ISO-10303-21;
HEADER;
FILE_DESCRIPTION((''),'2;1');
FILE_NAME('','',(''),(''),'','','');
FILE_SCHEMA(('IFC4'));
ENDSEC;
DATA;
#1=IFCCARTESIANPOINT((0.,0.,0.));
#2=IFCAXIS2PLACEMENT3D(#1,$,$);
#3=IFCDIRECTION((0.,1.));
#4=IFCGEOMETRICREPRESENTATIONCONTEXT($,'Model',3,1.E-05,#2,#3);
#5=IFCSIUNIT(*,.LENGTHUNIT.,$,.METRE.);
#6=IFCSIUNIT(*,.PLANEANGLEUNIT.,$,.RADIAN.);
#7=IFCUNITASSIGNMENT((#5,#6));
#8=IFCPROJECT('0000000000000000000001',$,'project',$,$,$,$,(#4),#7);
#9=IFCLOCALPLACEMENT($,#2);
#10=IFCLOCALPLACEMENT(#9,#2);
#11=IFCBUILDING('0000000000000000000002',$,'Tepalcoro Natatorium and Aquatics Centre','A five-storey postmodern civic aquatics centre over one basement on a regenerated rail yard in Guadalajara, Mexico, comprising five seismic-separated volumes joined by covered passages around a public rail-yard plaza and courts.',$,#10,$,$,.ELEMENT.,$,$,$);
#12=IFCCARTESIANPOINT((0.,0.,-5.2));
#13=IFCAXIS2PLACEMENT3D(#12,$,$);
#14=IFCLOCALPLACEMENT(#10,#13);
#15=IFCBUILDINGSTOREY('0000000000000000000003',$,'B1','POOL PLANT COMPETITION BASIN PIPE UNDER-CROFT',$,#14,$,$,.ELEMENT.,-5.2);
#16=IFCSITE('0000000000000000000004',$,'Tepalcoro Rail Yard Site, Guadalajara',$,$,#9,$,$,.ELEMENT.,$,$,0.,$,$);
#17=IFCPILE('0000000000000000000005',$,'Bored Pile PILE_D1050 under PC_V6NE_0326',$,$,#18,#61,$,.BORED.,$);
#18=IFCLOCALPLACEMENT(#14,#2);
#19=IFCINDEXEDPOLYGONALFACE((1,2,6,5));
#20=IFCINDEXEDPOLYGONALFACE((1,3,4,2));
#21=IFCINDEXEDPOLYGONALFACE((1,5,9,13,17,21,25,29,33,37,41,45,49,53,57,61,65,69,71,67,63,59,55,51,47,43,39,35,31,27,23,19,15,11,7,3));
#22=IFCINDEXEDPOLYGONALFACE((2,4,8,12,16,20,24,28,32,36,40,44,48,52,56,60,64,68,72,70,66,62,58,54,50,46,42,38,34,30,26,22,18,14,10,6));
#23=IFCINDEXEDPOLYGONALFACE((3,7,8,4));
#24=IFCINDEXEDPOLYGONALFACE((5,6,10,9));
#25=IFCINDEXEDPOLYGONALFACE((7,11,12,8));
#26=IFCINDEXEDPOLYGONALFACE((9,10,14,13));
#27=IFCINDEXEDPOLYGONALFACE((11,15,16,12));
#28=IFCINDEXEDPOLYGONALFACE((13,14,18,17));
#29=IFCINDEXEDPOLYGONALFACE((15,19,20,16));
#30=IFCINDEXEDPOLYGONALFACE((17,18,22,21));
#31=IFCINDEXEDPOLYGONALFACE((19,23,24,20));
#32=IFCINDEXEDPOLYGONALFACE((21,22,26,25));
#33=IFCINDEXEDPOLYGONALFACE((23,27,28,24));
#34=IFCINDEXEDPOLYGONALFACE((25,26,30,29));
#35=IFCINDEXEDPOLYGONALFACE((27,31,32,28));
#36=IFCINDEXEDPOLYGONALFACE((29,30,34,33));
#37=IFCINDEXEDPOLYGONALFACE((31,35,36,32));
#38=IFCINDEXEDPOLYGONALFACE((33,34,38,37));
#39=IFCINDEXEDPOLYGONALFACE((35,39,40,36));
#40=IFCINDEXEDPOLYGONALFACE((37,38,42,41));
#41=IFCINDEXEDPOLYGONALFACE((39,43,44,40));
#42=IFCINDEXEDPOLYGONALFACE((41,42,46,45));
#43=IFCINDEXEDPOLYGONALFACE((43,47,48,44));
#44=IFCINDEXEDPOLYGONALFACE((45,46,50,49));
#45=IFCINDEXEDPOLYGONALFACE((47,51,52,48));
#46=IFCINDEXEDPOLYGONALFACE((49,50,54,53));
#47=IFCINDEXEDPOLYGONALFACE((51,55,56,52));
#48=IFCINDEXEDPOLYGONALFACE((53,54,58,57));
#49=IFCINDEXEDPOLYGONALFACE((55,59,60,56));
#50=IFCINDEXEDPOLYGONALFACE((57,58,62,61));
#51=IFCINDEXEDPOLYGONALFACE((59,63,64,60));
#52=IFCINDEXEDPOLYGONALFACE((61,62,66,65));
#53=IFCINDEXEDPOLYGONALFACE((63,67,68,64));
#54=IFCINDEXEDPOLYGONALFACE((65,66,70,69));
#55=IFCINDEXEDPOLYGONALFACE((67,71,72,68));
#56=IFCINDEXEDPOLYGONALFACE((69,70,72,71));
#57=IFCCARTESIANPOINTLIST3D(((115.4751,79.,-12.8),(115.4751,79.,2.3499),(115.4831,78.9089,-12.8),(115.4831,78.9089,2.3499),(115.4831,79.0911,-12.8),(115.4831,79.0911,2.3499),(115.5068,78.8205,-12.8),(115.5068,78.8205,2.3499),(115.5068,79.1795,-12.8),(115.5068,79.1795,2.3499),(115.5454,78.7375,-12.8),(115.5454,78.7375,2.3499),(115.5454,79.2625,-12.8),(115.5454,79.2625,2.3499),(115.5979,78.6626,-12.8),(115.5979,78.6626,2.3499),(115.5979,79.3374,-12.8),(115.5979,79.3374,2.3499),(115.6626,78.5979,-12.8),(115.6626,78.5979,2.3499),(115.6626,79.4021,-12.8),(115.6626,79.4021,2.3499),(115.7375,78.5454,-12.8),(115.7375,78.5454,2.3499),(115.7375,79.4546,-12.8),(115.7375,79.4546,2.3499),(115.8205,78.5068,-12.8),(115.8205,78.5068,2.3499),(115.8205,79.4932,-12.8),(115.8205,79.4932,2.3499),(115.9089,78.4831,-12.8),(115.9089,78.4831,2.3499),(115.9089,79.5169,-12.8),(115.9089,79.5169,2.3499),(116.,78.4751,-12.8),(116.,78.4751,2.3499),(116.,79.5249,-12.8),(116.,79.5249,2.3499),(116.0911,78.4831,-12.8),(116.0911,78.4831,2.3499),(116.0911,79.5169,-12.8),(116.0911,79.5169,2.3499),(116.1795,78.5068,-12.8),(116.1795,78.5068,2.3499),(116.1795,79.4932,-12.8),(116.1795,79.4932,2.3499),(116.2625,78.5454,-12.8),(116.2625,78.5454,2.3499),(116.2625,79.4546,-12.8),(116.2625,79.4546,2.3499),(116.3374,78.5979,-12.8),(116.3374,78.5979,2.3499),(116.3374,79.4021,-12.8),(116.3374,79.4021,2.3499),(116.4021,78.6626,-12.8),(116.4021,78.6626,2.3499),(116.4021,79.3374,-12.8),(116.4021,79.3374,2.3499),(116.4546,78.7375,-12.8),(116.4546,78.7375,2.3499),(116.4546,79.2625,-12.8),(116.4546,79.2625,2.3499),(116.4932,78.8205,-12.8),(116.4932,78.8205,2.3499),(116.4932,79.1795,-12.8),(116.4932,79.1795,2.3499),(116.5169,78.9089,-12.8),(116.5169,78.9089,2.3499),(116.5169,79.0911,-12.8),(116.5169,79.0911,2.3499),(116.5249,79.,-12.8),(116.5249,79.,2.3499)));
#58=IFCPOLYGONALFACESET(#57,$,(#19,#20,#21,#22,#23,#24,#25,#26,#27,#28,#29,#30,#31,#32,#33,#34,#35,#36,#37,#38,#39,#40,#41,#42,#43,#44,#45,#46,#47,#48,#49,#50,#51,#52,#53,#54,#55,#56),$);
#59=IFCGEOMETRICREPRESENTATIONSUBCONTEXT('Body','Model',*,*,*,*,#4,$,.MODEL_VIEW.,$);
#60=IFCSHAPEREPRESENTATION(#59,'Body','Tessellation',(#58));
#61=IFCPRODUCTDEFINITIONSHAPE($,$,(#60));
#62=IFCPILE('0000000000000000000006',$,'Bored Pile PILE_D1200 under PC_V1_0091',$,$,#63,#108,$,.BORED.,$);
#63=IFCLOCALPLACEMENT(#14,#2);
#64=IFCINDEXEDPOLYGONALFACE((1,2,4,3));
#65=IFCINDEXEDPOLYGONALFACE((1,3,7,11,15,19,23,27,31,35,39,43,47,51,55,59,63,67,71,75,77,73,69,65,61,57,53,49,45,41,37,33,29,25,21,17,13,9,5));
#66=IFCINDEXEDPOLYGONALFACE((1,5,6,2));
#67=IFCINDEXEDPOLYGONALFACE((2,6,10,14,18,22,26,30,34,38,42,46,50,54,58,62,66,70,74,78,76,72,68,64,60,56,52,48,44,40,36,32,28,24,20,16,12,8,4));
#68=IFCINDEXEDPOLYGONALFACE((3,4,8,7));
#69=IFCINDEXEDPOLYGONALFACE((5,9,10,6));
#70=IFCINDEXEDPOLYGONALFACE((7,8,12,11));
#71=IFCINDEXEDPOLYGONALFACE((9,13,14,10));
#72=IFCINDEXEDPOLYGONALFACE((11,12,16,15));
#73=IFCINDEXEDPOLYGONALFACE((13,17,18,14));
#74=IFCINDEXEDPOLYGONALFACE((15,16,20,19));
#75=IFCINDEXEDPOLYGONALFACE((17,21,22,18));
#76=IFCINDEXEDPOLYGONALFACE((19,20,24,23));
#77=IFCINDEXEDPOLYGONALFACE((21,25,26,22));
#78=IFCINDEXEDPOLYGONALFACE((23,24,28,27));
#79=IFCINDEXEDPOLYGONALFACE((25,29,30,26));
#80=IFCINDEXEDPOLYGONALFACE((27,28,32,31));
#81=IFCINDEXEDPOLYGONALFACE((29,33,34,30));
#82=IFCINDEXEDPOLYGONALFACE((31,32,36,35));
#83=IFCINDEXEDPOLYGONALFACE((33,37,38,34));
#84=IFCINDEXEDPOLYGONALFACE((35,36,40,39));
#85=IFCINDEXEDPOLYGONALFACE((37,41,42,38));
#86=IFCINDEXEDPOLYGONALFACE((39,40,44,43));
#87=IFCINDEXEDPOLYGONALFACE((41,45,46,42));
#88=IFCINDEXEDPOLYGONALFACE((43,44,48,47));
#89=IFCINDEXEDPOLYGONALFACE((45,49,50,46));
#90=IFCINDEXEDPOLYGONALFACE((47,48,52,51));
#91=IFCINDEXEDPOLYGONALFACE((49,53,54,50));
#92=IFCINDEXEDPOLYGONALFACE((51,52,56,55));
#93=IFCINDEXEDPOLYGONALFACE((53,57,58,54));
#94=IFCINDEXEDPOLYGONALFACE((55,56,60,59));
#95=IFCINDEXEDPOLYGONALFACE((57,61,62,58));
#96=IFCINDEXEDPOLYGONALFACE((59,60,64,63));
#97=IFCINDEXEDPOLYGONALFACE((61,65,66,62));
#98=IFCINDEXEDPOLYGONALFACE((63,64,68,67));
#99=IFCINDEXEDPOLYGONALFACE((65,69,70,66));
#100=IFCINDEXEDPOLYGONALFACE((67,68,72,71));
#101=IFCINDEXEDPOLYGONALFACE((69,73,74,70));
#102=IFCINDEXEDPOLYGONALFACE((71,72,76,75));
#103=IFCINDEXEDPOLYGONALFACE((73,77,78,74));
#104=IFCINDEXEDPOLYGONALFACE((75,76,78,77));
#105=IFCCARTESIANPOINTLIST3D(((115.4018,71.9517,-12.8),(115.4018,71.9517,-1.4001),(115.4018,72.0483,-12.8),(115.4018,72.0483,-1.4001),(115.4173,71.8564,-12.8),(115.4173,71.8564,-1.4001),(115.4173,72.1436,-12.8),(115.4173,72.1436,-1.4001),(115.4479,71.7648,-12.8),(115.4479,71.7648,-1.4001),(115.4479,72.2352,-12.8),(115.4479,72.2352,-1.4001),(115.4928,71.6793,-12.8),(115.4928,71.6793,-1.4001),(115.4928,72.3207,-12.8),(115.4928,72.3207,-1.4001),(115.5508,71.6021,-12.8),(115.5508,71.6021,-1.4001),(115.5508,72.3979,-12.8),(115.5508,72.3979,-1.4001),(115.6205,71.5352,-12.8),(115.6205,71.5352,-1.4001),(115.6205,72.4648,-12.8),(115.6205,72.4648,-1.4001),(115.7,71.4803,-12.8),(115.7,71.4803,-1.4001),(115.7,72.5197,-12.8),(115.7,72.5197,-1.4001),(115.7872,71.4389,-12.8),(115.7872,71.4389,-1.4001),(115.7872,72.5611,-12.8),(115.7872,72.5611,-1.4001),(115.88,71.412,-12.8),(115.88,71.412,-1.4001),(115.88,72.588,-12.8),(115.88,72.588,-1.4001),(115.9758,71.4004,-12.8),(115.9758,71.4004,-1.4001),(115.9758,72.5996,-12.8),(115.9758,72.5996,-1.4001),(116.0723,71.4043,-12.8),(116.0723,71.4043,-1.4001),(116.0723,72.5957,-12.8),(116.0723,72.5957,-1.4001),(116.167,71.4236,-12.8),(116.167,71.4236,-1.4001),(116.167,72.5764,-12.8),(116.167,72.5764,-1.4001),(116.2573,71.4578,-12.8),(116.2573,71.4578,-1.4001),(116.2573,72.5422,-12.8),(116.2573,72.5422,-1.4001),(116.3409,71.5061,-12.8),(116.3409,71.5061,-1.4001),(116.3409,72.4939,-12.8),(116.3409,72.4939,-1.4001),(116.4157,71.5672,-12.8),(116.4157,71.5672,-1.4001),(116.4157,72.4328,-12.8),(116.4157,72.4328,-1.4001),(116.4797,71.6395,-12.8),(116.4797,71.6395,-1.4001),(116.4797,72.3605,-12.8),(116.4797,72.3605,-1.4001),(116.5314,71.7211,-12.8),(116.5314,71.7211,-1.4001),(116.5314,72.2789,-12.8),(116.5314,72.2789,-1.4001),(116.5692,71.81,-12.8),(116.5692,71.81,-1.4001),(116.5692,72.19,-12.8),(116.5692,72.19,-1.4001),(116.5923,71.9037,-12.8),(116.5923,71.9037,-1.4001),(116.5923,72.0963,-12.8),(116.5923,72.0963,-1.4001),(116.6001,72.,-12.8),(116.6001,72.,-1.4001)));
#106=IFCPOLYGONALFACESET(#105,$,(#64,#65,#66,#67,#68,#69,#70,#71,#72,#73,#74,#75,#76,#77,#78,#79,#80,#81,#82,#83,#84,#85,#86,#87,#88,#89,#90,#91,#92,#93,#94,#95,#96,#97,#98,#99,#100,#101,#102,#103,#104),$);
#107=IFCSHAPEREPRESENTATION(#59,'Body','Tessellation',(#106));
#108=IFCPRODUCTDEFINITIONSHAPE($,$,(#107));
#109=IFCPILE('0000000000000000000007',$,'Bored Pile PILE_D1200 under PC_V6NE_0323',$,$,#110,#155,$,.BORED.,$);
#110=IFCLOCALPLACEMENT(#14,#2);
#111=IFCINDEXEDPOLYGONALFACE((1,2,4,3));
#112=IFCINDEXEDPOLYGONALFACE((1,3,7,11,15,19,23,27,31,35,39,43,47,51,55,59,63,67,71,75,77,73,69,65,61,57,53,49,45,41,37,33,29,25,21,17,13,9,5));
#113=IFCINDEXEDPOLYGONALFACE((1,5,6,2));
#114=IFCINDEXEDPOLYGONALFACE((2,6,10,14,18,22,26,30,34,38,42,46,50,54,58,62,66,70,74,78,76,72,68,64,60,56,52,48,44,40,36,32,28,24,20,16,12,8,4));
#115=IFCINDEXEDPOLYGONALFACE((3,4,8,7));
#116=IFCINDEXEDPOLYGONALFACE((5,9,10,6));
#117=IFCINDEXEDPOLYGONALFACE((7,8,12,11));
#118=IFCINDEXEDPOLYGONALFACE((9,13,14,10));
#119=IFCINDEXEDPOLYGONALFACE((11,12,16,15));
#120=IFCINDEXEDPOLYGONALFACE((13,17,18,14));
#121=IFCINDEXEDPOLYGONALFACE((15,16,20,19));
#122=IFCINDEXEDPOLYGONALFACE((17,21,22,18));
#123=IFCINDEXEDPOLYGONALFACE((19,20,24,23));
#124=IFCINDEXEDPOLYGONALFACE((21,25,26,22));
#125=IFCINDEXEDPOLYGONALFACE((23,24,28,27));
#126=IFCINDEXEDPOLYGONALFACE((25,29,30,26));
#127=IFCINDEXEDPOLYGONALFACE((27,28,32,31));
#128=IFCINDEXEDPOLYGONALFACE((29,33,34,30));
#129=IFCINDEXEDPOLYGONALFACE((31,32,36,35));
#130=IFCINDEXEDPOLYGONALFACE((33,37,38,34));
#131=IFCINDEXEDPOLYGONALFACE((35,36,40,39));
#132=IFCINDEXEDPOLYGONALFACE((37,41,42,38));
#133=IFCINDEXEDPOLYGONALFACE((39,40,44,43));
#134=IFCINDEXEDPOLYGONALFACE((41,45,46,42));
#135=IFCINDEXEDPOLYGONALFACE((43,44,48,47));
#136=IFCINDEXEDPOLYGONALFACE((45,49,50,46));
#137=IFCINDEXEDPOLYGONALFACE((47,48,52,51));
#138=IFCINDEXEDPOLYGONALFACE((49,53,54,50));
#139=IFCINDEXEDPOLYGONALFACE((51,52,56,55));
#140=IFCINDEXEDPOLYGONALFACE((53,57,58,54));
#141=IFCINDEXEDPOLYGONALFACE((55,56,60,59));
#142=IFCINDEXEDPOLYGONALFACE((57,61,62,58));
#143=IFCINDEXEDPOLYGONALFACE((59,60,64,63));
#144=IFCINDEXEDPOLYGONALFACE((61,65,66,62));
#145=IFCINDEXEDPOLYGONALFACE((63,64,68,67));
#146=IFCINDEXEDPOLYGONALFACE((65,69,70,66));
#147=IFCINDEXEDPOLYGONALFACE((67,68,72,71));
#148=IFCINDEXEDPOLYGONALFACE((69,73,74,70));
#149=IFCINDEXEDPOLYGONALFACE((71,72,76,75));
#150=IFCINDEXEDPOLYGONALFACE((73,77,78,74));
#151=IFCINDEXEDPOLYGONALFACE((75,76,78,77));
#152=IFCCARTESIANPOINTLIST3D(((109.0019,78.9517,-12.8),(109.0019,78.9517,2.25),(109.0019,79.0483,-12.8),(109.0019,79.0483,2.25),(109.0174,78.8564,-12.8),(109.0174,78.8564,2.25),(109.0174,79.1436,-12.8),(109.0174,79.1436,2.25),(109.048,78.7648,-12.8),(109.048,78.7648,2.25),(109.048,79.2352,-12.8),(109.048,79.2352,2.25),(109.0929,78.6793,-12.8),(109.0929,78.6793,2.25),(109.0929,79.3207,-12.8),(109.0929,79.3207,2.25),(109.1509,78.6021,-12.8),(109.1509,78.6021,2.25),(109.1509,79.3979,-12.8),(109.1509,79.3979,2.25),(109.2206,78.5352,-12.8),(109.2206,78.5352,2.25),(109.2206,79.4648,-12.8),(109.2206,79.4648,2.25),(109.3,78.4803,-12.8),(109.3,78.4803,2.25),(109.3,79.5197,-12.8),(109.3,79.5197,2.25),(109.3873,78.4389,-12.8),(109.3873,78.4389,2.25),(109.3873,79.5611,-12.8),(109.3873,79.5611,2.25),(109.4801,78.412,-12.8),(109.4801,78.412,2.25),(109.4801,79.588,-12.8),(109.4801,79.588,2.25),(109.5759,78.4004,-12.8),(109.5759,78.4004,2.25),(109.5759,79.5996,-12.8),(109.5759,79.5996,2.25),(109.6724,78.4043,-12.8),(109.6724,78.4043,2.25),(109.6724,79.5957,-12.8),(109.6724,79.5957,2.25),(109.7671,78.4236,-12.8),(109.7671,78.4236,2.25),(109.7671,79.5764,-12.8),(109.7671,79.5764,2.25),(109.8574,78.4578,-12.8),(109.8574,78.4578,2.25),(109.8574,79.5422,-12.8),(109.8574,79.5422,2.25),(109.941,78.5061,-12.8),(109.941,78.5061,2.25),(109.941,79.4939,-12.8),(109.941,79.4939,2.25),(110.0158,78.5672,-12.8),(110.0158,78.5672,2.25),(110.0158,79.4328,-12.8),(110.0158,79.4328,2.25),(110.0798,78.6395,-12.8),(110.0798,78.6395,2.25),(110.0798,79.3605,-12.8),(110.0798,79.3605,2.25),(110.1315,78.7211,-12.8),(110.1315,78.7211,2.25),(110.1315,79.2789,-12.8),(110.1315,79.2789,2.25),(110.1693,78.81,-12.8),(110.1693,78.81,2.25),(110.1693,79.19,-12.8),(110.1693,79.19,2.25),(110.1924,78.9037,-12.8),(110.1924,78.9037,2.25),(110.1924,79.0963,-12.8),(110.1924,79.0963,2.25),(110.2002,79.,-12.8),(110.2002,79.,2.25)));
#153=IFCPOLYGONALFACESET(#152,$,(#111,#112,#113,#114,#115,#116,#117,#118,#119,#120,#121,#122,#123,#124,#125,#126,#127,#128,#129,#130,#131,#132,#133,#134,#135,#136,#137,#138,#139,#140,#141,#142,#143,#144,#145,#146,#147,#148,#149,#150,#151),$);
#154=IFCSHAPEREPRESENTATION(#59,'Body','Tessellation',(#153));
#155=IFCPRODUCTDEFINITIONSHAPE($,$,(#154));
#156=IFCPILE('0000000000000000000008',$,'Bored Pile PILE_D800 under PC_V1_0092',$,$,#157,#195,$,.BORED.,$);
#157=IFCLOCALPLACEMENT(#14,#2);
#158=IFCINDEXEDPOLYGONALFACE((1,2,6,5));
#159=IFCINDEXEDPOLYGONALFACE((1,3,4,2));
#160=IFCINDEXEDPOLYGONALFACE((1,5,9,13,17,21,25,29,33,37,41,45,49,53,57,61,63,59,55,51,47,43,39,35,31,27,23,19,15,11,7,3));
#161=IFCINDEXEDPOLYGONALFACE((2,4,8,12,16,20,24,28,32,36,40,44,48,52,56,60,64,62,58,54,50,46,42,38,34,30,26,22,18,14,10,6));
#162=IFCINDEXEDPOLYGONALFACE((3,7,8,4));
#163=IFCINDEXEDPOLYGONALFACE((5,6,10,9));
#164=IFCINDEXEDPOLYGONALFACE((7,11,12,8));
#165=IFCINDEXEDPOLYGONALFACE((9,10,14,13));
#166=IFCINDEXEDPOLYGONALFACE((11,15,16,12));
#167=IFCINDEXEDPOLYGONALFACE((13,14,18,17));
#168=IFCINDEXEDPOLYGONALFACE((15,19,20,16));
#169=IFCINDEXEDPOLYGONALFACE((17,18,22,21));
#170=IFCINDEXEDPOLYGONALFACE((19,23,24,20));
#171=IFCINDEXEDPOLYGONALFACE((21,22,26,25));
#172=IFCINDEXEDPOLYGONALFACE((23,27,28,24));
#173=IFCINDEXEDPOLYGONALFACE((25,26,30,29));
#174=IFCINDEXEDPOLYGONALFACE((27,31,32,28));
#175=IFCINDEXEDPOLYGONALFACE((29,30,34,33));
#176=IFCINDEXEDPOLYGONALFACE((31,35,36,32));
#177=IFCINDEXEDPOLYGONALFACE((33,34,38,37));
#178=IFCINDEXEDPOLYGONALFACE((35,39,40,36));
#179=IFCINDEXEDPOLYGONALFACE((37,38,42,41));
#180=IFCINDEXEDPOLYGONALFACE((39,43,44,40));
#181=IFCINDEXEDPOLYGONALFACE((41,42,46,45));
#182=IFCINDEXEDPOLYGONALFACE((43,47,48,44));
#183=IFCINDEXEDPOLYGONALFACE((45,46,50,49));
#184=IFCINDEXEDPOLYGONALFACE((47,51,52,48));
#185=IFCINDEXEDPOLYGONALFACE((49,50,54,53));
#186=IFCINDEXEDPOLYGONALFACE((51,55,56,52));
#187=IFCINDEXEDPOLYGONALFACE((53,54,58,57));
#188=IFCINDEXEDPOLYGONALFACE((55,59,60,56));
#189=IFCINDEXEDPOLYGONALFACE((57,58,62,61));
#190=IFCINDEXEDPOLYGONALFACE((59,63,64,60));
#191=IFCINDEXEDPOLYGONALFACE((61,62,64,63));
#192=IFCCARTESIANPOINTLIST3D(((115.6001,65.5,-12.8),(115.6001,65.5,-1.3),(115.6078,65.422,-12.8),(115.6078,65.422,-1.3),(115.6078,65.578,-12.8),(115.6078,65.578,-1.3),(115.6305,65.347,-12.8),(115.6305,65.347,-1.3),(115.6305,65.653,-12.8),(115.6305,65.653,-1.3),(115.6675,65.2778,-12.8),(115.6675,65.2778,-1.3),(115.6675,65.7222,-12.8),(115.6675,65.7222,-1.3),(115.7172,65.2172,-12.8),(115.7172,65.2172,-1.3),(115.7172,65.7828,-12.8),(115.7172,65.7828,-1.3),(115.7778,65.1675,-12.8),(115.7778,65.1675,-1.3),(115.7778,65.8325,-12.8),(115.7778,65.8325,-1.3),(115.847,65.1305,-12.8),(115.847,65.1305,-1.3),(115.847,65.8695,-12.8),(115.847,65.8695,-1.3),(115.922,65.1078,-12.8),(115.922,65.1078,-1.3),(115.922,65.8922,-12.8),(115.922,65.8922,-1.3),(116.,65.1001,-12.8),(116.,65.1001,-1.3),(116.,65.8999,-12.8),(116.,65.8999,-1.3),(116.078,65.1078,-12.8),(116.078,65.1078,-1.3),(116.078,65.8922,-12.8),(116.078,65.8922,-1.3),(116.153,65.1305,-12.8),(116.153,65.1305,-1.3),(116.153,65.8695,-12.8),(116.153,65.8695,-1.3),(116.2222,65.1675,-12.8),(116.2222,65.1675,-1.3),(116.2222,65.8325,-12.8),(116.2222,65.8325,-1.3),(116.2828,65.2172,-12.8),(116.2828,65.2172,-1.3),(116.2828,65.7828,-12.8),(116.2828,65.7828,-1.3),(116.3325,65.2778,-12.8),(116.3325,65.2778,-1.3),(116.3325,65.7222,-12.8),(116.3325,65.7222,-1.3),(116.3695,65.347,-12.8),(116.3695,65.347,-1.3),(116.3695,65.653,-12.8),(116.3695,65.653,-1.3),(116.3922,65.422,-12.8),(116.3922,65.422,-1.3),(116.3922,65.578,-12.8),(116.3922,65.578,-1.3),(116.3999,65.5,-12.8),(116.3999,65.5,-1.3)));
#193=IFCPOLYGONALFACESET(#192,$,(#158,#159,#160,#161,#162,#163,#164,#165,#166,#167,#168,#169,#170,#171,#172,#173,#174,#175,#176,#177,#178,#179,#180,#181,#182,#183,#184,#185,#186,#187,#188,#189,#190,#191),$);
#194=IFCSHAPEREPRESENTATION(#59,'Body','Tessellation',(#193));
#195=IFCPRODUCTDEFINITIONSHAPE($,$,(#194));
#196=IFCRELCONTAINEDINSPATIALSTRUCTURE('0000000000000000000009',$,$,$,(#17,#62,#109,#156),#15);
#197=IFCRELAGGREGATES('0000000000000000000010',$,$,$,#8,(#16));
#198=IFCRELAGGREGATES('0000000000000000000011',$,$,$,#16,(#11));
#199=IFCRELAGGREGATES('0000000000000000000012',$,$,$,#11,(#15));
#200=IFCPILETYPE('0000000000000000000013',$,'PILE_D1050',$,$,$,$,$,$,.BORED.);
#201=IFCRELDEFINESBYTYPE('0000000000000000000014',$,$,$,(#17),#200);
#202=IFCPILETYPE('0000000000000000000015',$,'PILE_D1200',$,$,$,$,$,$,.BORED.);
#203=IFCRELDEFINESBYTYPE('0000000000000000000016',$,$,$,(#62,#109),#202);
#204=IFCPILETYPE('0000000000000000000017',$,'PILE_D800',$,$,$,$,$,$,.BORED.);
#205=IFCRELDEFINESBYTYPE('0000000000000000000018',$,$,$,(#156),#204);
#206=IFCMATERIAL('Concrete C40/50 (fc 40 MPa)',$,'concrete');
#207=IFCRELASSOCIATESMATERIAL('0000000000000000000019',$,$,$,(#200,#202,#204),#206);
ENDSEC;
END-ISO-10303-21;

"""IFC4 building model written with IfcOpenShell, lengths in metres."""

from ifc_helpers import new_model, si_unit, direction, frame, origin, origin_2d, place, context, subcontext, project, spatial, circle, extrude, material, material_profile, profile_set, type_object, element, save


model = new_model("IFC4")

# Units and contexts
model_context = context("Model", 3, precision=1e-05, world=origin(), true_north=direction((0.0, 1.0)))
body_context = subcontext(model_context, "Body", "Model", "MODEL_VIEW")
ifc_project = project(units=[si_unit("LENGTHUNIT", "METRE"), si_unit("PLANEANGLEUNIT", "RADIAN")], contexts=[model_context])

# Site, building, storey
site_placement = place(None, origin())
site = spatial("IfcSite", under=ifc_project, at=site_placement, Name="Tepalcoro Rail Yard Site, Guadalajara", CompositionType="ELEMENT", RefElevation=0.0)
building_placement = place(site_placement, origin())
building = spatial("IfcBuilding", under=site, at=building_placement, Name="Tepalcoro Natatorium and Aquatics Centre", Description="A five-storey postmodern civic aquatics centre over one basement on a regenerated rail yard in Guadalajara, Mexico, comprising five seismic-separated volumes joined by covered passages around a public rail-yard plaza and courts.", CompositionType="ELEMENT")
storey_placement = place(building_placement, frame((0.0, 0.0, -5.2)))
storey = spatial("IfcBuildingStorey", under=building, at=storey_placement, Name="B1", Description="POOL PLANT COMPETITION BASIN PIPE UNDER-CROFT", CompositionType="ELEMENT", Elevation=-5.2)

# Piles
ifc_material = material(Name="Concrete C40/50 (fc 40 MPa)", Category="concrete")
ifc_material_profile_1 = material_profile(ifc_material, circle(Radius=0.5249, at=origin_2d()), Name="PILE_D1050")
ifc_profile_set_1 = profile_set([ifc_material_profile_1], Name="Concrete C40/50 (fc 40 MPa)")
pile_type_1 = type_object("IfcPileType", Name="PILE_D1050", PredefinedType="BORED", material=ifc_profile_set_1)
pile_1_placement = place(storey_placement, frame((116.0, 79.0, 2.3499), z_axis=(0.0, 0.0, -1.0), x_axis=(1.0, 0.0, 0.0)))
element("IfcPile", 1, at=pile_1_placement, inside=storey, type_object=pile_type_1, Name="Bored Pile PILE_D1050 under PC_V6NE_0326", PredefinedType="BORED", context=body_context, shape_type="SweptSolid", body=[
    extrude(circle(Radius=0.5249, at=origin_2d()), origin(), (0.0, 0.0, 1.0), 15.1499),
])
ifc_material_profile_2 = material_profile(ifc_material, circle(Radius=0.6001, at=origin_2d()), Name="PILE_D1200")
ifc_profile_set_2 = profile_set([ifc_material_profile_2], Name="Concrete C40/50 (fc 40 MPa)")
pile_type_2 = type_object("IfcPileType", Name="PILE_D1200", PredefinedType="BORED", material=ifc_profile_set_2)
pile_2_placement = place(storey_placement, frame((116.0, 72.0, -1.4001), z_axis=(0.0, 0.0, -1.0), x_axis=(1.0, 0.0, 0.0)))
element("IfcPile", 2, at=pile_2_placement, inside=storey, type_object=pile_type_2, Name="Bored Pile PILE_D1200 under PC_V1_0091", PredefinedType="BORED", context=body_context, shape_type="SweptSolid", body=[
    extrude(circle(Radius=0.6001, at=origin_2d()), origin(), (0.0, 0.0, 1.0), 11.3999),
])
pile_3_placement = place(storey_placement, frame((109.6001, 79.0, 2.25), z_axis=(0.0, 0.0, -1.0), x_axis=(1.0, 0.0, 0.0)))
element("IfcPile", 3, at=pile_3_placement, inside=storey, type_object=pile_type_2, Name="Bored Pile PILE_D1200 under PC_V6NE_0323", PredefinedType="BORED", context=body_context, shape_type="SweptSolid", body=[
    extrude(circle(Radius=0.6001, at=origin_2d()), origin(), (0.0, 0.0, 1.0), 15.05),
])
ifc_material_profile_3 = material_profile(ifc_material, circle(Radius=0.3999, at=origin_2d()), Name="PILE_D800")
ifc_profile_set_3 = profile_set([ifc_material_profile_3], Name="Concrete C40/50 (fc 40 MPa)")
pile_type_3 = type_object("IfcPileType", Name="PILE_D800", PredefinedType="BORED", material=ifc_profile_set_3)
pile_4_placement = place(storey_placement, frame((116.0, 65.5, -1.3), z_axis=(0.0, 0.0, -1.0), x_axis=(1.0, 0.0, 0.0)))
element("IfcPile", 4, at=pile_4_placement, inside=storey, type_object=pile_type_3, Name="Bored Pile PILE_D800 under PC_V1_0092", PredefinedType="BORED", context=body_context, shape_type="SweptSolid", body=[
    extrude(circle(Radius=0.3999, at=origin_2d()), origin(), (0.0, 0.0, 1.0), 11.5),
])

save(model, "model.ifc")
